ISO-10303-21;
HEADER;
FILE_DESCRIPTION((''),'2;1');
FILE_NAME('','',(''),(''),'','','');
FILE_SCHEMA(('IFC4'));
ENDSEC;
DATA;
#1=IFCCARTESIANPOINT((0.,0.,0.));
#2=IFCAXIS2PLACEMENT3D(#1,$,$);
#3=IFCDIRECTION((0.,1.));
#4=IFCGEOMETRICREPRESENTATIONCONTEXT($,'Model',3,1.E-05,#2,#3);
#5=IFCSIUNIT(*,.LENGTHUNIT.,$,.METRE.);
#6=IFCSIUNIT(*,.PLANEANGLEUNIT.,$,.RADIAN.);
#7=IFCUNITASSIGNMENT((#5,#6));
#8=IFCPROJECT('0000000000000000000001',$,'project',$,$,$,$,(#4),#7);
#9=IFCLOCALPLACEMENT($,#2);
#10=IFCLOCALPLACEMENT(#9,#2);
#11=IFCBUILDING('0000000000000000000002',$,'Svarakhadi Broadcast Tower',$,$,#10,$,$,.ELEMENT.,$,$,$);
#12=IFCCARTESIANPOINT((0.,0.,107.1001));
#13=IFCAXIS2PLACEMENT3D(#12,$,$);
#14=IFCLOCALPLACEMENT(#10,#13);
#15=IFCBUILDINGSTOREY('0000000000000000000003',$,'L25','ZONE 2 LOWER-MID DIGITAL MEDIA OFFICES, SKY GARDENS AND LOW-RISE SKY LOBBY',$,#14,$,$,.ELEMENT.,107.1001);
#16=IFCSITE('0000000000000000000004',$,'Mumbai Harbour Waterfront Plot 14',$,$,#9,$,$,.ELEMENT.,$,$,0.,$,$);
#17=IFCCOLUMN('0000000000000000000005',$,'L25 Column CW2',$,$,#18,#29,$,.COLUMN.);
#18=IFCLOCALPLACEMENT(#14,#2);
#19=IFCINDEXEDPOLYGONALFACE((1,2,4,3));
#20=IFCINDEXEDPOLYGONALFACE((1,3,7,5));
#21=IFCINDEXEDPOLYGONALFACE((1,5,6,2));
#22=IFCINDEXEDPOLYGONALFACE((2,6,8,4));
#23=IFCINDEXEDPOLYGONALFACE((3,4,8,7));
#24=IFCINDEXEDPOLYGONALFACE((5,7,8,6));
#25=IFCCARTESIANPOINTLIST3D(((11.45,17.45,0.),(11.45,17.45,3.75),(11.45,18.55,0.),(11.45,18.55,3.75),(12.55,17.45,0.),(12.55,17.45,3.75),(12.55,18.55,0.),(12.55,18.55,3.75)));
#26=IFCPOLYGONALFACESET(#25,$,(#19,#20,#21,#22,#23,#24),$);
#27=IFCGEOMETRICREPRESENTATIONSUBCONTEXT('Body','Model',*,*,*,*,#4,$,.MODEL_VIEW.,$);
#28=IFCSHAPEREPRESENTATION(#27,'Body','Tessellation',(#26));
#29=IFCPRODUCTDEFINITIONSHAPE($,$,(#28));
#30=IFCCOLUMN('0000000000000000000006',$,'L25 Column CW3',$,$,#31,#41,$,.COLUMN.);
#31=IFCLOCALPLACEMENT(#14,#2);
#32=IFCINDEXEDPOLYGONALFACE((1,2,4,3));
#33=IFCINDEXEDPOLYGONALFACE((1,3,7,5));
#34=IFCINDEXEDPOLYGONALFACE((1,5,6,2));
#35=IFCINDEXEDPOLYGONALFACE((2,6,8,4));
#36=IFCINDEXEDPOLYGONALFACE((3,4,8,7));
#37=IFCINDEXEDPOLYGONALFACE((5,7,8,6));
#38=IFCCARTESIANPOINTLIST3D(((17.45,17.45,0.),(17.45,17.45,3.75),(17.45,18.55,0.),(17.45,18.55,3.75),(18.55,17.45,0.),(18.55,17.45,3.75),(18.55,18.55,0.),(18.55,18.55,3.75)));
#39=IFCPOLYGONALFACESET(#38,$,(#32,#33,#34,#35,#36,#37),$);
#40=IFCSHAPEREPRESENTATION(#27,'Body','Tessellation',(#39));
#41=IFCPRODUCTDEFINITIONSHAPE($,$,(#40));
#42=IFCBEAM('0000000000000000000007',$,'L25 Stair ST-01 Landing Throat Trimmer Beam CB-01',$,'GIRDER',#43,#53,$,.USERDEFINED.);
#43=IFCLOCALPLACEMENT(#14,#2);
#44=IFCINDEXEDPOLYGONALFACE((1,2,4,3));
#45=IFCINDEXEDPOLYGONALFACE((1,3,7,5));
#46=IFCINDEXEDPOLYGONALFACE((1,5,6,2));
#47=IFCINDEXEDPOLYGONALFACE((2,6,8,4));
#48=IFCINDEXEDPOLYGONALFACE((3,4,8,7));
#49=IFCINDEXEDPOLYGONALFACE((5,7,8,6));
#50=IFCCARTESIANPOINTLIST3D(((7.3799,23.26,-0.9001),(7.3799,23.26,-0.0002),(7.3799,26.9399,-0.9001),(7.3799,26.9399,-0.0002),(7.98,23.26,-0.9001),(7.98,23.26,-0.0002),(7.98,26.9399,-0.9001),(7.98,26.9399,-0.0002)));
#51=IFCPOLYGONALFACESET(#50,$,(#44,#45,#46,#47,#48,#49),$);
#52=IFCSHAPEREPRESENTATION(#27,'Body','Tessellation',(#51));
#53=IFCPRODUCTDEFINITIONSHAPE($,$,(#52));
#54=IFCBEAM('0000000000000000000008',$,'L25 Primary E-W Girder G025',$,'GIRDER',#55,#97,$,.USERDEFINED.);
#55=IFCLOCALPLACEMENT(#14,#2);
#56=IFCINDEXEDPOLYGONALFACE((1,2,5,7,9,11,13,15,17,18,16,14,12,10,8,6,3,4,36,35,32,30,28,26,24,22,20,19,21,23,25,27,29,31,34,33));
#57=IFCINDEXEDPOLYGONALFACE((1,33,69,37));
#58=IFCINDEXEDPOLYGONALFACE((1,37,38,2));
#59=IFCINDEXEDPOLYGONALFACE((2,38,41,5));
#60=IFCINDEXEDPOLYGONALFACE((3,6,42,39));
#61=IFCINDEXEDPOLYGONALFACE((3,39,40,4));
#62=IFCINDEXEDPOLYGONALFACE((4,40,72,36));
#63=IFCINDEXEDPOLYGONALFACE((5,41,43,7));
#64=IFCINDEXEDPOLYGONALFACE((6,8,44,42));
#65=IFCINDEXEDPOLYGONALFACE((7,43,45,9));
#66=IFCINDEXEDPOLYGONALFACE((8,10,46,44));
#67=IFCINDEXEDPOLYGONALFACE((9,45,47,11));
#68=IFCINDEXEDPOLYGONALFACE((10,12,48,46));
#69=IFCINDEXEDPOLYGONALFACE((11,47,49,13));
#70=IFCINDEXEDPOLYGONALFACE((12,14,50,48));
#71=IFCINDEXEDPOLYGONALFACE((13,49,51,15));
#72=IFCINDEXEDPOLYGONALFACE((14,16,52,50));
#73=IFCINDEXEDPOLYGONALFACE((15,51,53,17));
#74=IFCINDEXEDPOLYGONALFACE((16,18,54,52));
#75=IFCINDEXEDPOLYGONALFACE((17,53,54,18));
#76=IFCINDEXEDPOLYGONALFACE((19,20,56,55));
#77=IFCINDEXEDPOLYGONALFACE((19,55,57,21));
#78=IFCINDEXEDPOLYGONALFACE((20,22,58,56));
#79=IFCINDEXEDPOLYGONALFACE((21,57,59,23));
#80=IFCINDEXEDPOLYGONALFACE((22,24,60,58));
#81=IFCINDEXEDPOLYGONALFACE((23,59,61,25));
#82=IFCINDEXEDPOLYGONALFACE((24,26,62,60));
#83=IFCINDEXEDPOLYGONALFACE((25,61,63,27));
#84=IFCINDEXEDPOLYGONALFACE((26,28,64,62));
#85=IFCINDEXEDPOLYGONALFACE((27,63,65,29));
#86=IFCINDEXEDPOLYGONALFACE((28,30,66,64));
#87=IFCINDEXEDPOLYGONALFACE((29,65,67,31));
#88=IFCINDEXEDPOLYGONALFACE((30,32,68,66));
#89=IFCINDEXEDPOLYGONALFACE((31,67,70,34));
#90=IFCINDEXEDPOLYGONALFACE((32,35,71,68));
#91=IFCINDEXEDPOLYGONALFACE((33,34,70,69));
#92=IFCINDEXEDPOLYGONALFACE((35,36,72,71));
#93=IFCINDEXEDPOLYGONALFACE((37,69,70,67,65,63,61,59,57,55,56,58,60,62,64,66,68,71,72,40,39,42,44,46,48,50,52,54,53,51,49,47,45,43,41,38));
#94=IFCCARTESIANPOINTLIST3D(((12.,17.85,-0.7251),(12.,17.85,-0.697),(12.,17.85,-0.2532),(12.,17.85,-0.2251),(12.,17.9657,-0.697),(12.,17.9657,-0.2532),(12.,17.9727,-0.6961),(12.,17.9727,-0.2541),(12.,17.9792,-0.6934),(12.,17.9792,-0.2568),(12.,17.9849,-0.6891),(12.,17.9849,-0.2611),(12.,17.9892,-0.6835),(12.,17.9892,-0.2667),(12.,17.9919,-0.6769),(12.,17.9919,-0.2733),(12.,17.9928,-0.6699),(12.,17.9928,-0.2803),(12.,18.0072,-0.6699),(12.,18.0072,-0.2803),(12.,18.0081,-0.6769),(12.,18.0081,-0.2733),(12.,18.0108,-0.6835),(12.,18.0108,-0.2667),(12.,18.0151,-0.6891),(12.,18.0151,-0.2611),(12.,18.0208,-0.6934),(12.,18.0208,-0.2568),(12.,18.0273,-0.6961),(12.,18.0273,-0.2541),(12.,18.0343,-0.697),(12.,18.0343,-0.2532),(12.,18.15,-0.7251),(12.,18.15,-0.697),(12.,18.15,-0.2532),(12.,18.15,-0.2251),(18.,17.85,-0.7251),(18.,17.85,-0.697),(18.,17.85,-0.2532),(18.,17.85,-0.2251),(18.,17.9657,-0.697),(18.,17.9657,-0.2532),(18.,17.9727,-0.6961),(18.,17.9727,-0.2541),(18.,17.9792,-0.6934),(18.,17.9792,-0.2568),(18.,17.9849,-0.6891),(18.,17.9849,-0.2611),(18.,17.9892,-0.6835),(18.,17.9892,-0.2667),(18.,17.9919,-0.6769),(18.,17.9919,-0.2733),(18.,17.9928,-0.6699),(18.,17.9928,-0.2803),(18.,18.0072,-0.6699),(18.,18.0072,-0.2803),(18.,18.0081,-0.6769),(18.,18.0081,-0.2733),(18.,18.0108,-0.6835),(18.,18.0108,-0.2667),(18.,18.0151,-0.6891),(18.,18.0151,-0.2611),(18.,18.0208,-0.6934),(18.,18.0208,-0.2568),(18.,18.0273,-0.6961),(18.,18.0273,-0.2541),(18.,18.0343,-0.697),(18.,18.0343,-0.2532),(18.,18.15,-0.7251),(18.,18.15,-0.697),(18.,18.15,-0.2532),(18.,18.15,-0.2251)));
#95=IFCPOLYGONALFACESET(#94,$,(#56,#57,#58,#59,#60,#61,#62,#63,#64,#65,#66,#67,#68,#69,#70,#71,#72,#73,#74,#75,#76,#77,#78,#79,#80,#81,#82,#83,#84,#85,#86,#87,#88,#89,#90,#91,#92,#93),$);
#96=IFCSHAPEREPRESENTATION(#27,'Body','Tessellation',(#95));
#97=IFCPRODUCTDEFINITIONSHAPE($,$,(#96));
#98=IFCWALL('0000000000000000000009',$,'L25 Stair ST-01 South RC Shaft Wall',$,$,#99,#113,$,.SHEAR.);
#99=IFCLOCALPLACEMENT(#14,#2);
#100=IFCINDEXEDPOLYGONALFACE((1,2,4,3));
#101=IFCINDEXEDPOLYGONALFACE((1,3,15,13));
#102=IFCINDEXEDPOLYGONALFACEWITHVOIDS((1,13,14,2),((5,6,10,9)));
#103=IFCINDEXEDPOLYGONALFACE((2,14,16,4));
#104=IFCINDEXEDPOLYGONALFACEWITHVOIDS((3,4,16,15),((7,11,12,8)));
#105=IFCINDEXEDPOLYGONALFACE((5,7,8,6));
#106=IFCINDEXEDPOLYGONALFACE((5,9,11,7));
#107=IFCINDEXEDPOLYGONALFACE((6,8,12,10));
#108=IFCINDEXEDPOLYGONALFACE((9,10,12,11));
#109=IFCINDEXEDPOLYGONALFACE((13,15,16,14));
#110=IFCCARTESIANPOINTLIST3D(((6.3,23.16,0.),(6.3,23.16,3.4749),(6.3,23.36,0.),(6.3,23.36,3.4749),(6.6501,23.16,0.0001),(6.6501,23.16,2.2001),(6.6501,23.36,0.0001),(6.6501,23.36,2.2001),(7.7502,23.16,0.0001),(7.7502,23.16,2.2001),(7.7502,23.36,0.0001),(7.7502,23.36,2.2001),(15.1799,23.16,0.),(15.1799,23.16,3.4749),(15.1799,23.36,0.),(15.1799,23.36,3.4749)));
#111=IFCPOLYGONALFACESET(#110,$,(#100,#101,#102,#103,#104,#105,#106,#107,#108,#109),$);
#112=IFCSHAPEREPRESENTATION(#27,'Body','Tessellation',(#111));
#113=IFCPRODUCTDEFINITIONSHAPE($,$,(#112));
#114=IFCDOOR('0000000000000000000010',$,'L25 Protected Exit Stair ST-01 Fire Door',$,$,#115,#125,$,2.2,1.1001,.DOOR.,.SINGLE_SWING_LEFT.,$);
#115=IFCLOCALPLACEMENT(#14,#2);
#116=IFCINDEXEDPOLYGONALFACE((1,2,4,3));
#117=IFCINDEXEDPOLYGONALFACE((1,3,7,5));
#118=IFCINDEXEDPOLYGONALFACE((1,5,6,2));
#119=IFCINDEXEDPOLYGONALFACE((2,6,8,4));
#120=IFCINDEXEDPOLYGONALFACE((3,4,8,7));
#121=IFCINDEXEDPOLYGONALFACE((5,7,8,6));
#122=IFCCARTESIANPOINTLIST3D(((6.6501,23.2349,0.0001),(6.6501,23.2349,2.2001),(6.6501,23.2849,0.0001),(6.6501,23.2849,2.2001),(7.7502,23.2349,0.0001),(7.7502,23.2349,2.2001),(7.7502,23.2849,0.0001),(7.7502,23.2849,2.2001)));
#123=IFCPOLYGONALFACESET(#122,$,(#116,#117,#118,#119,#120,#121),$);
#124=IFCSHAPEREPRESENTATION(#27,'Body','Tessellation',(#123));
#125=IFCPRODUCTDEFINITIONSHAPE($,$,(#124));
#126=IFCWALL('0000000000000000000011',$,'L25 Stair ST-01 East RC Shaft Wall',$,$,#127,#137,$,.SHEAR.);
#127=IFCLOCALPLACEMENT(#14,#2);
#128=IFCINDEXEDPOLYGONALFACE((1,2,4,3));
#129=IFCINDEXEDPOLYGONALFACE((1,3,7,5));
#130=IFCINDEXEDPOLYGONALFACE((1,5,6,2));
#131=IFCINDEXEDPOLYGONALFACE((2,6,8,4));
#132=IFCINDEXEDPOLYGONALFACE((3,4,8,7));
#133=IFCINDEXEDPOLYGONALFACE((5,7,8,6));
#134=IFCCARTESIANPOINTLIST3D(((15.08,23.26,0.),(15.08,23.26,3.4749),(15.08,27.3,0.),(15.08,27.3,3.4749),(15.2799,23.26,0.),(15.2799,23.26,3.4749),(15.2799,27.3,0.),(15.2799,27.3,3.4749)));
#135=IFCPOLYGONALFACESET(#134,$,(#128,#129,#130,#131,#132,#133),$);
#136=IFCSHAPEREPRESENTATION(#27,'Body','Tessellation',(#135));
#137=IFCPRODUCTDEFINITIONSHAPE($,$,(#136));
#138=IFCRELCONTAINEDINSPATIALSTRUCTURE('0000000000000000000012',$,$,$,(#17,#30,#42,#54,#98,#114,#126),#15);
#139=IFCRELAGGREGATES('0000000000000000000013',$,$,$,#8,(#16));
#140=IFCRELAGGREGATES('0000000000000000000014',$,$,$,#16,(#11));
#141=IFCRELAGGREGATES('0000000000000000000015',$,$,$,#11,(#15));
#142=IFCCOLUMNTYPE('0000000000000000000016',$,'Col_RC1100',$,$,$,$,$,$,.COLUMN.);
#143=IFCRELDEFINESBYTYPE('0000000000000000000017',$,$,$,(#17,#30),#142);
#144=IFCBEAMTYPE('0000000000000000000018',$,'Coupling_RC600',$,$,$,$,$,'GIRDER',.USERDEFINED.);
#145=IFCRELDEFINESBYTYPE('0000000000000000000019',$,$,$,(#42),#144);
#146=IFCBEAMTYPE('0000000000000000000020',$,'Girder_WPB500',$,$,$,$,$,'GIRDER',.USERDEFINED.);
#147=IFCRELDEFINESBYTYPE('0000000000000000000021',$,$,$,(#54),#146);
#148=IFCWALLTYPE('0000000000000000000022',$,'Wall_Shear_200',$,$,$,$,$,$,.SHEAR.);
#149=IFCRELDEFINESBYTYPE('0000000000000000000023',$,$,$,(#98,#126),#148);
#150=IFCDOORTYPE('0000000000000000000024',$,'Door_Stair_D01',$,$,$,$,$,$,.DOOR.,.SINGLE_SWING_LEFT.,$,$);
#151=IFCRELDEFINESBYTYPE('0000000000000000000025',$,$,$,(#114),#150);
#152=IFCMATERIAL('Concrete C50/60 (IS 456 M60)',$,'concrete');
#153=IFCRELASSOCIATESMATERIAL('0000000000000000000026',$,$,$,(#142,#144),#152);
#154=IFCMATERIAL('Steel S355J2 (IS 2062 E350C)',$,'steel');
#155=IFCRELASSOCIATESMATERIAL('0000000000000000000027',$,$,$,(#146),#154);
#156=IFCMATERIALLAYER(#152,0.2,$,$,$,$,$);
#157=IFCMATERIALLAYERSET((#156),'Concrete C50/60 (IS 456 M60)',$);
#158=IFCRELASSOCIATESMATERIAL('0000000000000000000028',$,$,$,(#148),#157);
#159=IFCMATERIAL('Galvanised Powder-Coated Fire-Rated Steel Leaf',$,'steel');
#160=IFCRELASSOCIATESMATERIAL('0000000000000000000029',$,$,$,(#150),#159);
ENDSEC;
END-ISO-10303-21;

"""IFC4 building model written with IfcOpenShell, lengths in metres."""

from ifc_helpers import new_model, si_unit, direction, frame, frame_2d, origin, origin_2d, place, context, subcontext, project, spatial, rectangle, i_section, extrude, material, layer, layer_set, material_profile, profile_set, type_object, element, fill, save


model = new_model("IFC4")

# Units and contexts
model_context = context("Model", 3, precision=1e-05, world=origin(), true_north=direction((0.0, 1.0)))
body_context = subcontext(model_context, "Body", "Model", "MODEL_VIEW")
ifc_project = project(units=[si_unit("LENGTHUNIT", "METRE"), si_unit("PLANEANGLEUNIT", "RADIAN")], contexts=[model_context])

# Site, building, storey
site_placement = place(None, origin())
site = spatial("IfcSite", under=ifc_project, at=site_placement, Name="Mumbai Harbour Waterfront Plot 14", CompositionType="ELEMENT", RefElevation=0.0)
building_placement = place(site_placement, origin())
building = spatial("IfcBuilding", under=site, at=building_placement, Name="Svarakhadi Broadcast Tower", CompositionType="ELEMENT")
storey_placement = place(building_placement, frame((0.0, 0.0, 107.1001)))
storey = spatial("IfcBuildingStorey", under=building, at=storey_placement, Name="L25", Description="ZONE 2 LOWER-MID DIGITAL MEDIA OFFICES, SKY GARDENS AND LOW-RISE SKY LOBBY", CompositionType="ELEMENT", Elevation=107.1001)

# Columns
ifc_material_1 = material(Name="Concrete C50/60 (IS 456 M60)", Category="concrete")
ifc_material_profile_1 = material_profile(ifc_material_1, rectangle(XDim=1.1001, YDim=1.1001, at=origin_2d()), Name="RC 1100x1100")
ifc_profile_set_1 = profile_set([ifc_material_profile_1], Name="Concrete C50/60 (IS 456 M60)")
column_type = type_object("IfcColumnType", Name="Col_RC1100", PredefinedType="COLUMN", material=ifc_profile_set_1)
for number, where, z_axis, x_axis, name in (
    (1, (12.0, 18.0, 0.0), (0.0, 0.0, 1.0), (1.0, 0.0, 0.0), "L25 Column CW2"),
    (2, (18.0, 18.0, 0.0), (0.0, 0.0, 1.0), (1.0, 0.0, 0.0), "L25 Column CW3"),
):
    element("IfcColumn", number, at=place(storey_placement, frame(where, z_axis=z_axis, x_axis=x_axis)), inside=storey, type_object=column_type, Name=name, PredefinedType="COLUMN", context=body_context, shape_type="SweptSolid", body=[
        extrude(rectangle(XDim=1.1001, YDim=1.1001, at=origin_2d()), origin(), (0.0, 0.0, 1.0), 3.75),
    ])

# Beams
ifc_material_profile_2 = material_profile(ifc_material_1, rectangle(XDim=0.6001, YDim=0.8999, at=origin_2d()), Name="RC 600x900")
ifc_profile_set_2 = profile_set([ifc_material_profile_2], Name="Concrete C50/60 (IS 456 M60)")
beam_type_1 = type_object("IfcBeamType", Name="Coupling_RC600", ElementType="GIRDER", PredefinedType="USERDEFINED", material=ifc_profile_set_2)
beam_1_placement = place(storey_placement, frame((7.6799, 23.26, -0.4502), z_axis=(0.0, 1.0, 0.0), x_axis=(-1.0, 0.0, 0.0)))
element("IfcBeam", 3, at=beam_1_placement, inside=storey, type_object=beam_type_1, Name="L25 Stair ST-01 Landing Throat Trimmer Beam CB-01", ObjectType="GIRDER", PredefinedType="USERDEFINED", context=body_context, shape_type="SweptSolid", body=[
    extrude(rectangle(XDim=0.6001, YDim=0.8999, at=origin_2d()), origin(), (0.0, 0.0, 1.0), 3.6799),
])
ifc_material_2 = material(Name="Steel S355J2 (IS 2062 E350C)", Category="steel")
ifc_material_profile_3 = material_profile(ifc_material_2, i_section(OverallWidth=0.3, OverallDepth=0.5, WebThickness=0.0144, FlangeThickness=0.0281, FilletRadius=0.0271, at=origin_2d()), Name="WPB 500x300x187")
ifc_profile_set_3 = profile_set([ifc_material_profile_3], Name="Steel S355J2 (IS 2062 E350C)")
beam_type_2 = type_object("IfcBeamType", Name="Girder_WPB500", ElementType="GIRDER", PredefinedType="USERDEFINED", material=ifc_profile_set_3)
beam_2_placement = place(storey_placement, frame((12.0, 18.0, -0.4751), z_axis=(1.0, 0.0, 0.0), x_axis=(0.0, 1.0, 0.0)))
element("IfcBeam", 4, at=beam_2_placement, inside=storey, type_object=beam_type_2, Name="L25 Primary E-W Girder G025", ObjectType="GIRDER", PredefinedType="USERDEFINED", context=body_context, shape_type="SweptSolid", body=[
    extrude(i_section(OverallWidth=0.3, OverallDepth=0.5, WebThickness=0.0144, FlangeThickness=0.0281, FilletRadius=0.0271, at=origin_2d()), origin(), (0.0, 0.0, 1.0), 6.0),
])

# Wall, opening, door
ifc_layer_1 = layer(ifc_material_1, 0.2)
ifc_layer_set_1 = layer_set([ifc_layer_1], Name="Concrete C50/60 (IS 456 M60)")
wall_type_1 = type_object("IfcWallType", Name="Wall_Shear_200", PredefinedType="SHEAR", material=ifc_layer_set_1)
wall_1_placement = place(storey_placement, frame((6.3, 23.26, 0.0), z_axis=(0.0, 0.0, 1.0), x_axis=(1.0, 0.0, 0.0)))
wall_1 = element("IfcWall", 5, at=wall_1_placement, inside=storey, type_object=wall_type_1, Name="L25 Stair ST-01 South RC Shaft Wall", PredefinedType="SHEAR", context=body_context, shape_type="SweptSolid", body=[
    extrude(rectangle(XDim=8.8799, YDim=0.2, at=frame_2d((4.4399, 0.0))), origin(), (0.0, 0.0, 1.0), 3.4749),
])
opening_1_placement = place(wall_1_placement, frame((0.3501, 0.0, 0.0)))
opening_1 = element("IfcOpeningElement", 6, at=opening_1_placement, cuts=wall_1, PredefinedType="OPENING", context=body_context, shape_type="SweptSolid", body=[
    extrude(rectangle(XDim=1.1001, YDim=2.2, at=frame_2d((0.55, 1.1001))), frame((0.0, 0.1099, 0.0), z_axis=(0.0, -1.0, 0.0), x_axis=(1.0, 0.0, 0.0)), (0.0, 0.0, 1.0), 0.22),
])
ifc_material_3 = material(Name="Galvanised Powder-Coated Fire-Rated Steel Leaf", Category="steel")
door_type_1 = type_object("IfcDoorType", Name="Door_Stair_D01", OperationType="SINGLE_SWING_LEFT", PredefinedType="DOOR", material=ifc_material_3)
door_1_placement = place(opening_1_placement, origin())
door_1 = element("IfcDoor", 7, at=door_1_placement, inside=storey, type_object=door_type_1, Name="L25 Protected Exit Stair ST-01 Fire Door", OperationType="SINGLE_SWING_LEFT", OverallHeight=2.2, OverallWidth=1.1001, PredefinedType="DOOR", context=body_context, shape_type="SweptSolid", body=[
    extrude(rectangle(XDim=1.1001, YDim=2.2, at=frame_2d((0.55, 1.1001))), frame((0.0, 0.0249, 0.0), z_axis=(0.0, -1.0, 0.0), x_axis=(1.0, 0.0, 0.0)), (0.0, 0.0, 1.0), 0.05),
])
fill(opening_1, door_1)

# Wall
wall_2_placement = place(storey_placement, frame((15.1799, 23.26, 0.0), z_axis=(0.0, 0.0, 1.0), x_axis=(0.0, 1.0, 0.0)))
element("IfcWall", 8, at=wall_2_placement, inside=storey, type_object=wall_type_1, Name="L25 Stair ST-01 East RC Shaft Wall", PredefinedType="SHEAR", context=body_context, shape_type="SweptSolid", body=[
    extrude(rectangle(XDim=4.04, YDim=0.2, at=frame_2d((2.02, 0.0))), origin(), (0.0, 0.0, 1.0), 3.4749),
])

save(model, "model.ifc")
